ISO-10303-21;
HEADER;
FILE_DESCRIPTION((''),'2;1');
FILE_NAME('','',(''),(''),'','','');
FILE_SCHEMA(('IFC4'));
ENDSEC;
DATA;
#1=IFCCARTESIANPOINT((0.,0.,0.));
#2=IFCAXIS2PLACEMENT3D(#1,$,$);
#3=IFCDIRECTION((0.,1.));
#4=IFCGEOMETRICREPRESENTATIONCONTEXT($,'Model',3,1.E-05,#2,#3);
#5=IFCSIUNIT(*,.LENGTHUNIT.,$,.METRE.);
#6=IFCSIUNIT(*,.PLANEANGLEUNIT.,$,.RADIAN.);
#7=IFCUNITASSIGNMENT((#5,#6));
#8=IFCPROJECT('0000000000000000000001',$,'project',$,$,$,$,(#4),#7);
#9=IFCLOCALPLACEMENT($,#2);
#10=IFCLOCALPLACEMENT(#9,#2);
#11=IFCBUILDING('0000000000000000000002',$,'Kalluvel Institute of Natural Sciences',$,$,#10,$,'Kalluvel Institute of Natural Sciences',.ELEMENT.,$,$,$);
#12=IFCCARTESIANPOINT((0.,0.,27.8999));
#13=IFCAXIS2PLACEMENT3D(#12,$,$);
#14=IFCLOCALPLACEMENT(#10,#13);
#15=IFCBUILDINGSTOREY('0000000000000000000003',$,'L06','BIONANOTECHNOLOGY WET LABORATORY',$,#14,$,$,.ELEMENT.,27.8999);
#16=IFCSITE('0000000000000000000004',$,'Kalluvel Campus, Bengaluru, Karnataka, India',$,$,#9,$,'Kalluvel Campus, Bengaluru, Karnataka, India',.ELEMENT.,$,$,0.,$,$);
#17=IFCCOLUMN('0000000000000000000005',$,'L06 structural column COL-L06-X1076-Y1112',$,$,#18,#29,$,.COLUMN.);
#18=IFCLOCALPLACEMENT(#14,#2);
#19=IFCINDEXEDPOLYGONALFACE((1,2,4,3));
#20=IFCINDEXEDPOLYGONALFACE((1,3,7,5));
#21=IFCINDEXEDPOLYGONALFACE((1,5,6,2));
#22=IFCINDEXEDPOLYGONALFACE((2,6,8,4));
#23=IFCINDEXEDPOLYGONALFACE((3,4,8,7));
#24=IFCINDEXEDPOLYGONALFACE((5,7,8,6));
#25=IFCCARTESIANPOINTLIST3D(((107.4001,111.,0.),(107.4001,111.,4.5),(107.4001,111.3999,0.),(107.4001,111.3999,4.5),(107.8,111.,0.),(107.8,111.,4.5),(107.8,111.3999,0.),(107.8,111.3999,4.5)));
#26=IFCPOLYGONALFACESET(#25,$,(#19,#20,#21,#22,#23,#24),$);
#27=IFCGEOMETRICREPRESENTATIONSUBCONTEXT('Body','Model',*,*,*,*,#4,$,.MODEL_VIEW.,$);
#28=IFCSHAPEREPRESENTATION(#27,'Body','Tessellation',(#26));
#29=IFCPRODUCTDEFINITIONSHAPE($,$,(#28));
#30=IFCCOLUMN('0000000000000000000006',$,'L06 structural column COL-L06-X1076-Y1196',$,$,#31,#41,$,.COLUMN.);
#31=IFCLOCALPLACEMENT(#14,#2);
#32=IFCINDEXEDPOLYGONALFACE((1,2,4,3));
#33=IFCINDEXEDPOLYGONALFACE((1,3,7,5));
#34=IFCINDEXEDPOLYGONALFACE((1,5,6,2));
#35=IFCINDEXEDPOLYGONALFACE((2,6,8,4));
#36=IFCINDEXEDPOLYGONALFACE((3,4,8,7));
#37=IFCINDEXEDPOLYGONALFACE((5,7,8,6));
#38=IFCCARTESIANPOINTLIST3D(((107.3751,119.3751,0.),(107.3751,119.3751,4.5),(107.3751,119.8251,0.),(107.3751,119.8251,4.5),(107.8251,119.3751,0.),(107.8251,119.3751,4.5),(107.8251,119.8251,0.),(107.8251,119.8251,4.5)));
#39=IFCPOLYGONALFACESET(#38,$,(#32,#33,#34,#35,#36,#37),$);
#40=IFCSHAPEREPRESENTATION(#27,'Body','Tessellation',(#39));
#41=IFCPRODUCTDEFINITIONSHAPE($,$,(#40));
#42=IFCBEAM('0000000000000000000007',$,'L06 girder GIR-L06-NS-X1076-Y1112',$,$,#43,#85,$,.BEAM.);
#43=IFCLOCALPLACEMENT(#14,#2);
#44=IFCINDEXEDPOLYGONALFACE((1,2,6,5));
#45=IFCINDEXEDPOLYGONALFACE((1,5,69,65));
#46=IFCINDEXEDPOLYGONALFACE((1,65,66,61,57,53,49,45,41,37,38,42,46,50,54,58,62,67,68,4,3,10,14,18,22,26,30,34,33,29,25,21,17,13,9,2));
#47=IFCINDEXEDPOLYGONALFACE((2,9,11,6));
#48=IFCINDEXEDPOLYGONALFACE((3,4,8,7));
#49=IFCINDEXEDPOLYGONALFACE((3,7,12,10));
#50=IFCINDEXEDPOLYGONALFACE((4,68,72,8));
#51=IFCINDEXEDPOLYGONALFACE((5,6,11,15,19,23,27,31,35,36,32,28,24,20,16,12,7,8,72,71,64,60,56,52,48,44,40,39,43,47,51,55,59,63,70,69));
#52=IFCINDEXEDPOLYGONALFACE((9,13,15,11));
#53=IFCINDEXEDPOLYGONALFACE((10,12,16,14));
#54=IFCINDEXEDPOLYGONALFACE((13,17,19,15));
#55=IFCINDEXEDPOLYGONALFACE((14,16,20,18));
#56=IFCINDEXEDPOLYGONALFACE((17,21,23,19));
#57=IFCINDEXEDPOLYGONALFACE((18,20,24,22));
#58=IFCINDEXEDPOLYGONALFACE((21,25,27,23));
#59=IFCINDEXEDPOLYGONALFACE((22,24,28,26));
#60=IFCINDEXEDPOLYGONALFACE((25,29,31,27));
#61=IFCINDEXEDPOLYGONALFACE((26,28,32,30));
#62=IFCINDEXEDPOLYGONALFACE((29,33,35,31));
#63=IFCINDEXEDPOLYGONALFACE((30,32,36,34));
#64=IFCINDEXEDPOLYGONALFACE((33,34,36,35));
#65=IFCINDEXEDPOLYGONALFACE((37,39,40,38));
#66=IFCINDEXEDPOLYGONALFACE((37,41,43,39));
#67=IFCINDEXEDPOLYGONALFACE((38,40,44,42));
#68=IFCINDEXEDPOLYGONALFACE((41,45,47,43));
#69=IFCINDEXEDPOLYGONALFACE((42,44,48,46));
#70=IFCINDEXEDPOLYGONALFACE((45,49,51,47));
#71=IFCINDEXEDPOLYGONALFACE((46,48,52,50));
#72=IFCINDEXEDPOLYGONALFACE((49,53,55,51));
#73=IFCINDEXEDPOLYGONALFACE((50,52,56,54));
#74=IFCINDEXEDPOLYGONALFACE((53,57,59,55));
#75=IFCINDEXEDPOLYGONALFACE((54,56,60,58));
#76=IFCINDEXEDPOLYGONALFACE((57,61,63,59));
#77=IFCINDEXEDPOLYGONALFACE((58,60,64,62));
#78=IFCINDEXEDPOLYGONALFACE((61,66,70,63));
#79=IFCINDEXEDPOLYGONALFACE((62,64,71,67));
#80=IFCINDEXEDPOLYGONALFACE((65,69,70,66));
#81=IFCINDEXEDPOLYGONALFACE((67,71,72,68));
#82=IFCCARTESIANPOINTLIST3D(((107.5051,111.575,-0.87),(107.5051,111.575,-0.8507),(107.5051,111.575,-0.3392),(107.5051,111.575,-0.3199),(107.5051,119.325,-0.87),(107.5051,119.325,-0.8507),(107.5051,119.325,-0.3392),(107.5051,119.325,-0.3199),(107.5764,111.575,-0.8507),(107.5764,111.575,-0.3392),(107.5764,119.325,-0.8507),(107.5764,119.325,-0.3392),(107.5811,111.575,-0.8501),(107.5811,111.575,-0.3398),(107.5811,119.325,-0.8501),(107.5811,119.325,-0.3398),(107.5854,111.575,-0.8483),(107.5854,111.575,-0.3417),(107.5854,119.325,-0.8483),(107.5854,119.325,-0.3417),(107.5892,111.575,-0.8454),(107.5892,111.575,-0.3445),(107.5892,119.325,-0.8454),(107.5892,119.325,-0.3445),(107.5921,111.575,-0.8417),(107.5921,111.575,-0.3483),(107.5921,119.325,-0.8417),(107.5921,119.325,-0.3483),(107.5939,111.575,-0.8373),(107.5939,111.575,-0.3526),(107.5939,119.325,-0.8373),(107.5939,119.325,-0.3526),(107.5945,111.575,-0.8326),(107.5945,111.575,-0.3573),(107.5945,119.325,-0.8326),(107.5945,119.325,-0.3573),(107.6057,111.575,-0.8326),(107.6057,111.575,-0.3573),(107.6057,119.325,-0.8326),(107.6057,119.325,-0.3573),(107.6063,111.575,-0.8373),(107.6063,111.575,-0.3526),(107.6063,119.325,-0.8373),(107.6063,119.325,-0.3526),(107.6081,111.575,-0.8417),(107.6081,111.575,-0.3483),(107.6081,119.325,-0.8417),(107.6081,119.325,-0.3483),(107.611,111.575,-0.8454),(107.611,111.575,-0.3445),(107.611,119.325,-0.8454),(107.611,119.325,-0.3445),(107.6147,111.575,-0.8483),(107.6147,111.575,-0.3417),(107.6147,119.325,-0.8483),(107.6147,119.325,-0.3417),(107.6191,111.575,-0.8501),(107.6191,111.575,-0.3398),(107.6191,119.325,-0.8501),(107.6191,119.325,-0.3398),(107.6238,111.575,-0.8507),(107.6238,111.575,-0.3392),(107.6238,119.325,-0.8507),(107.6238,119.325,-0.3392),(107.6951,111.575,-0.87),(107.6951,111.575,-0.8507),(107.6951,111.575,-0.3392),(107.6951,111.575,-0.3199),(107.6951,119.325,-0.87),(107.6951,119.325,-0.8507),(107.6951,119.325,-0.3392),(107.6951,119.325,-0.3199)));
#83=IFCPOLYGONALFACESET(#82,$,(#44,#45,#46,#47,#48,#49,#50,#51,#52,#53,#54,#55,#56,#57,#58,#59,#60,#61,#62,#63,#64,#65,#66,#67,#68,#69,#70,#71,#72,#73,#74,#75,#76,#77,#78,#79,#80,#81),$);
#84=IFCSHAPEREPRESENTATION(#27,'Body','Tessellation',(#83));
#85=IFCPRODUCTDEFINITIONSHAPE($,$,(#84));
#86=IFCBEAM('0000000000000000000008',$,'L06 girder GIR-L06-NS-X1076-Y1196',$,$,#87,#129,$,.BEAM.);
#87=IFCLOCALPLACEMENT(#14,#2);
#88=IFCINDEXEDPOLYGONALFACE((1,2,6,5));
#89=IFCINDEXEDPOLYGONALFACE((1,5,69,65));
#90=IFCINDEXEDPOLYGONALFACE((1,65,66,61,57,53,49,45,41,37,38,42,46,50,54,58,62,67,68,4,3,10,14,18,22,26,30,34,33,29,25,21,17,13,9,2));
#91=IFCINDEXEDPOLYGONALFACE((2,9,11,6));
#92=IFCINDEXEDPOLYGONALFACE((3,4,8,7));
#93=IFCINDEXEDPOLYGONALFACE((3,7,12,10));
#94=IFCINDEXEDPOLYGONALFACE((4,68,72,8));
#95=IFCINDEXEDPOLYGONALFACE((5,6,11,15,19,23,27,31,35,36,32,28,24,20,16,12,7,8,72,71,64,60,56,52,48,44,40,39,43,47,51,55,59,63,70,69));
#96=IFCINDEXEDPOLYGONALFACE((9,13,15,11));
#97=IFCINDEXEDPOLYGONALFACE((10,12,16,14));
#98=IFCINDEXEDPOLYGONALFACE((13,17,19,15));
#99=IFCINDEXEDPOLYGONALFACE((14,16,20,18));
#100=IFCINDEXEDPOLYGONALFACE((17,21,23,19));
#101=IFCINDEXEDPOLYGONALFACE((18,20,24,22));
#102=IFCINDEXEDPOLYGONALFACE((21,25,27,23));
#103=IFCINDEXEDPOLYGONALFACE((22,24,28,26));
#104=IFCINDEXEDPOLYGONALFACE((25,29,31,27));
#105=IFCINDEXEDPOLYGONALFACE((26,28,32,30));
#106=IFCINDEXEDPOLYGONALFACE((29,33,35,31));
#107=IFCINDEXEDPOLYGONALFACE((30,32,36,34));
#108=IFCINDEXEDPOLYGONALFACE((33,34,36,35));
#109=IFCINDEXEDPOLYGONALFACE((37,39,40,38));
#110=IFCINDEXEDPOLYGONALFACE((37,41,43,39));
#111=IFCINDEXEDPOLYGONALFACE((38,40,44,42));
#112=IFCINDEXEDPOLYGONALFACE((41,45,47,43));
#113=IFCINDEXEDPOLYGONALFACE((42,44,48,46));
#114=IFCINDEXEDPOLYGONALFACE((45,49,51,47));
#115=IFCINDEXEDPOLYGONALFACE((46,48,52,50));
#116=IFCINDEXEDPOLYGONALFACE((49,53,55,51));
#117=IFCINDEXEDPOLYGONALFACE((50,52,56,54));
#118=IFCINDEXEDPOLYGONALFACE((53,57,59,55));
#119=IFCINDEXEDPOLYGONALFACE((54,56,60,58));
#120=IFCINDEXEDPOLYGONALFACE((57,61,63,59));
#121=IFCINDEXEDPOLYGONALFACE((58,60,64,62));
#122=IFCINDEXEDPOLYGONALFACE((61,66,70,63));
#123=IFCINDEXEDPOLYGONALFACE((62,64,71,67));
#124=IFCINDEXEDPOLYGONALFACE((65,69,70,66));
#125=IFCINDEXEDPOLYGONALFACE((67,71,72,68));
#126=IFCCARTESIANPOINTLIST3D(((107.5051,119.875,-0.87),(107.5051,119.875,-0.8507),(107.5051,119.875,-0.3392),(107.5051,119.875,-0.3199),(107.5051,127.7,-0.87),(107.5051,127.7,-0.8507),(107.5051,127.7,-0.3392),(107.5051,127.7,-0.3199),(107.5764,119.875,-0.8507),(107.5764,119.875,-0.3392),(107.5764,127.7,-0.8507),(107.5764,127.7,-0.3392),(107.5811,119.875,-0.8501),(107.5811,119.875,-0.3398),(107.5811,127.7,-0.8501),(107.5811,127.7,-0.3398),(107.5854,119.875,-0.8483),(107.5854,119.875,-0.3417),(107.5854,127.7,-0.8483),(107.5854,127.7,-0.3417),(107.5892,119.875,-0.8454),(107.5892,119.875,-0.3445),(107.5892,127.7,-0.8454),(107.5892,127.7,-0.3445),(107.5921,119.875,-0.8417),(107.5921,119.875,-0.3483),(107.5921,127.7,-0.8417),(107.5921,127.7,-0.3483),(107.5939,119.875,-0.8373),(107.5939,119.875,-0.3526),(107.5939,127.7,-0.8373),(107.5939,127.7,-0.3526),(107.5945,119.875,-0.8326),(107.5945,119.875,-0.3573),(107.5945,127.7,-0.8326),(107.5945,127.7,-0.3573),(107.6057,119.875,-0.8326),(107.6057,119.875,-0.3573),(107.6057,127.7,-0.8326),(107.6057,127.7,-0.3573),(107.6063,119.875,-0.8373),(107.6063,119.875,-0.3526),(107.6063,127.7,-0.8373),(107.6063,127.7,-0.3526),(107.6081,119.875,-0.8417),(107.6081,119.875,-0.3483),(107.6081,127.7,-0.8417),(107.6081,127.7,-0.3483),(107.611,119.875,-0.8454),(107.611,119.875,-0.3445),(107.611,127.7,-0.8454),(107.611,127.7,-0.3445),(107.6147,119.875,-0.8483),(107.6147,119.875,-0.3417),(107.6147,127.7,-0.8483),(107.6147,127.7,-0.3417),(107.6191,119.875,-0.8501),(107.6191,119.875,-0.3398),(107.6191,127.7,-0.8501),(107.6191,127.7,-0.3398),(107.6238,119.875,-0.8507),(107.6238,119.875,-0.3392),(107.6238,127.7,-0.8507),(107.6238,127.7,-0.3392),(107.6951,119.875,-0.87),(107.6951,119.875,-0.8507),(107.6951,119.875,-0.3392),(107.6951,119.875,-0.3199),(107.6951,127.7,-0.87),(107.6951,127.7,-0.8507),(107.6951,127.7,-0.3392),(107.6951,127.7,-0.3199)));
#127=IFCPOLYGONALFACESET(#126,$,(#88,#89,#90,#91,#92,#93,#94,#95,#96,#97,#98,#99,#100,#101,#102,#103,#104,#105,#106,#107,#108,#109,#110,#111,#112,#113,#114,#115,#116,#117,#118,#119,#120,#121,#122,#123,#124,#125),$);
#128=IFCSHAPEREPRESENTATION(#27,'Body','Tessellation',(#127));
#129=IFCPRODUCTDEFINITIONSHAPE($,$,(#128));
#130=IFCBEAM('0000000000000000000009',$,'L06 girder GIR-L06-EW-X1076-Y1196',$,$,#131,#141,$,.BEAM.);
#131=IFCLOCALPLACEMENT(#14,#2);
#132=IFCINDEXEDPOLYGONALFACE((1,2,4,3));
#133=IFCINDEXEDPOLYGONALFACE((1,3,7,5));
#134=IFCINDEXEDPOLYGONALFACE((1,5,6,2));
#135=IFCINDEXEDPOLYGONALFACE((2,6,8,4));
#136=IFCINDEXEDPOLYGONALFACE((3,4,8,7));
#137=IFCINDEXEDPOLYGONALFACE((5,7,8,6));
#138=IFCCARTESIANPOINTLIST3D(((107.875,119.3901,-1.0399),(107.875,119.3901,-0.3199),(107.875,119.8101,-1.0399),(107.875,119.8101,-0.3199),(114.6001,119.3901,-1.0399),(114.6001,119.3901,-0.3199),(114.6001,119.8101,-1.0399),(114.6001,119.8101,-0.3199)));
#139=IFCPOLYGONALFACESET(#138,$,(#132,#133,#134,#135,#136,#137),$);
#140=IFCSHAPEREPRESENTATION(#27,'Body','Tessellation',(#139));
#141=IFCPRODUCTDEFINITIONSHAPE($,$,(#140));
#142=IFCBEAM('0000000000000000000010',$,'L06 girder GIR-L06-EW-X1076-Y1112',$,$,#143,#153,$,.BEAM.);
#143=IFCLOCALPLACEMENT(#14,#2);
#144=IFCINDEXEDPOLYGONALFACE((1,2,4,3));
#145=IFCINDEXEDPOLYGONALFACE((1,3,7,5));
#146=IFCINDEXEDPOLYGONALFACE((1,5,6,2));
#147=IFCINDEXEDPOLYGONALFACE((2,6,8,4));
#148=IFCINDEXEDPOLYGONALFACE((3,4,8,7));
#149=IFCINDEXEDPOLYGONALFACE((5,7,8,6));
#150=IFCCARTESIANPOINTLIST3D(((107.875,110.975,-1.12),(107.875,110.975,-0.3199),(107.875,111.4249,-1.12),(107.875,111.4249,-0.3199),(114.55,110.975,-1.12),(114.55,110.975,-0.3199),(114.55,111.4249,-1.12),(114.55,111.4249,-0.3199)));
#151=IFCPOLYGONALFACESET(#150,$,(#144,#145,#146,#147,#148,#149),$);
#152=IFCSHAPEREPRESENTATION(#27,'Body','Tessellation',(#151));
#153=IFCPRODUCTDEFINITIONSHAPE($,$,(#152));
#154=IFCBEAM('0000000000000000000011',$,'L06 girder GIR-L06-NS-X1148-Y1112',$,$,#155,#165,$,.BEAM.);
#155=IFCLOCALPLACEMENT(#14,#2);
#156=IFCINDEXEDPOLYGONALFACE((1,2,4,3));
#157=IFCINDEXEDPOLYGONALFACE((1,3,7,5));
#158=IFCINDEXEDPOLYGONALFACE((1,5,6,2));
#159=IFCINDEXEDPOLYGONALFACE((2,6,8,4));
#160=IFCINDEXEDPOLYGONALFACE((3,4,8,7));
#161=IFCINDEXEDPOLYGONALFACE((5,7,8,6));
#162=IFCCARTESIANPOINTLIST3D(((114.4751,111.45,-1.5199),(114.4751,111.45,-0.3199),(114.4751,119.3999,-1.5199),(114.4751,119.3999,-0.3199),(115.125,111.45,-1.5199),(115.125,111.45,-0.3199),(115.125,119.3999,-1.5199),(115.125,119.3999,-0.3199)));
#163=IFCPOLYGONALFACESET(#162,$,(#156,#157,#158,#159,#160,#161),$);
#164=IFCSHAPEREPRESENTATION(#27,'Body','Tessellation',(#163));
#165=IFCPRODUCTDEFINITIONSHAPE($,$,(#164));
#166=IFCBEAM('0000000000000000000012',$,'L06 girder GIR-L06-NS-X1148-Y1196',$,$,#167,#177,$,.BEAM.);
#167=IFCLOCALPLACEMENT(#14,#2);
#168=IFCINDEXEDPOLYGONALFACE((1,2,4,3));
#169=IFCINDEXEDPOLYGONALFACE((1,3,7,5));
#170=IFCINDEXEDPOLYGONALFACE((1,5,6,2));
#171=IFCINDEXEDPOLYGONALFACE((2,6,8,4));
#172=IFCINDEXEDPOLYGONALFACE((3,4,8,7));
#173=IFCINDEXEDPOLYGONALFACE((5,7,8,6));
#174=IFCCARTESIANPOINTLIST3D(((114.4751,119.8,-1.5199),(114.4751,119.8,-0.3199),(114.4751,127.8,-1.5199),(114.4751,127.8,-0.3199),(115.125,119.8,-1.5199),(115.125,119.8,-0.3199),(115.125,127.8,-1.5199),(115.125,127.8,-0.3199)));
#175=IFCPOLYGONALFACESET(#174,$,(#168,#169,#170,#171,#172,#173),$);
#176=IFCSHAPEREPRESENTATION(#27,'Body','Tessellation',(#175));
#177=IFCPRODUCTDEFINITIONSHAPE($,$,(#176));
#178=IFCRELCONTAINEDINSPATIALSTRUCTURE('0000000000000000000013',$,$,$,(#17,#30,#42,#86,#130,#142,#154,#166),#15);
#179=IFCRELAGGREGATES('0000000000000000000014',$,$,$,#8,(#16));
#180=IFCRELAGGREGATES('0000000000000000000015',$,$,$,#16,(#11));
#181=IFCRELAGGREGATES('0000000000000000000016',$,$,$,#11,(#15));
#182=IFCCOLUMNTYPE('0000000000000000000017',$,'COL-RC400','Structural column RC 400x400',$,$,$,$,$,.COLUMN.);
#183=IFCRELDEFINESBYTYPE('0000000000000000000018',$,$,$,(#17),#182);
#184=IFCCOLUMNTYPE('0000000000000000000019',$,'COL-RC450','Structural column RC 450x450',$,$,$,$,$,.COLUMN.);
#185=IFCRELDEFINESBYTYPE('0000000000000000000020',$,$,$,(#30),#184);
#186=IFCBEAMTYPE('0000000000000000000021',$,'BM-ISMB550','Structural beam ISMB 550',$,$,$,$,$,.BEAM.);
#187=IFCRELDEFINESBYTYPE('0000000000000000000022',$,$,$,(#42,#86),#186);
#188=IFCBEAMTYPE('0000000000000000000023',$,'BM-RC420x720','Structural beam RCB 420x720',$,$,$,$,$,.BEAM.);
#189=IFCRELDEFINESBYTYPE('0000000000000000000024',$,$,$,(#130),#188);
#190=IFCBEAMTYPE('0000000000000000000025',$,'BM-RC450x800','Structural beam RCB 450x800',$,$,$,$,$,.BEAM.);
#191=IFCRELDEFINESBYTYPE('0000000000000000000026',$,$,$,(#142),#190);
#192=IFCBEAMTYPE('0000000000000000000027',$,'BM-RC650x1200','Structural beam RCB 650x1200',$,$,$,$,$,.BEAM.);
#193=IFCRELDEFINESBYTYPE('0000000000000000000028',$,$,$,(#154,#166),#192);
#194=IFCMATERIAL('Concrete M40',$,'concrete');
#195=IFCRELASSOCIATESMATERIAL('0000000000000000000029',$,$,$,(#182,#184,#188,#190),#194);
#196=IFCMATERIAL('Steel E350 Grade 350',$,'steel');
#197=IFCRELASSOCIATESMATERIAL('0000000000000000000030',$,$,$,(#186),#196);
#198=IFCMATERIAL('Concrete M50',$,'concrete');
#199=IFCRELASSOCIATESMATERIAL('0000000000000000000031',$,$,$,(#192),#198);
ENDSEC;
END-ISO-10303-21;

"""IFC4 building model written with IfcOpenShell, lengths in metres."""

from ifc_helpers import new_model, si_unit, direction, frame, origin, origin_2d, place, context, subcontext, project, spatial, rectangle, i_section, extrude, material, material_profile, profile_set, type_object, element, save


model = new_model("IFC4")

# Units and contexts
model_context = context("Model", 3, precision=1e-05, world=origin(), true_north=direction((0.0, 1.0)))
body_context = subcontext(model_context, "Body", "Model", "MODEL_VIEW")
ifc_project = project(units=[si_unit("LENGTHUNIT", "METRE"), si_unit("PLANEANGLEUNIT", "RADIAN")], contexts=[model_context])

# Site, building, storey
site_placement = place(None, origin())
site = spatial("IfcSite", under=ifc_project, at=site_placement, Name="Kalluvel Campus, Bengaluru, Karnataka, India", LongName="Kalluvel Campus, Bengaluru, Karnataka, India", CompositionType="ELEMENT", RefElevation=0.0)
building_placement = place(site_placement, origin())
building = spatial("IfcBuilding", under=site, at=building_placement, Name="Kalluvel Institute of Natural Sciences", LongName="Kalluvel Institute of Natural Sciences", CompositionType="ELEMENT")
storey_placement = place(building_placement, frame((0.0, 0.0, 27.8999)))
storey = spatial("IfcBuildingStorey", under=building, at=storey_placement, Name="L06", Description="BIONANOTECHNOLOGY WET LABORATORY", CompositionType="ELEMENT", Elevation=27.8999)

# Columns
ifc_material_1 = material(Name="Concrete M40", Category="concrete")
ifc_material_profile_1 = material_profile(ifc_material_1, rectangle(XDim=0.3999, YDim=0.3999, at=origin_2d()), Name="RC 400x400")
ifc_profile_set_1 = profile_set([ifc_material_profile_1], Name="Concrete M40")
column_type_1 = type_object("IfcColumnType", Name="COL-RC400", Description="Structural column RC 400x400", PredefinedType="COLUMN", material=ifc_profile_set_1)
column_1_placement = place(storey_placement, frame((107.6001, 111.2, 0.0), z_axis=(0.0, 0.0, 1.0), x_axis=(1.0, 0.0, 0.0)))
element("IfcColumn", 1, at=column_1_placement, inside=storey, type_object=column_type_1, Name="L06 structural column COL-L06-X1076-Y1112", PredefinedType="COLUMN", context=body_context, shape_type="SweptSolid", body=[
    extrude(rectangle(XDim=0.3999, YDim=0.3999, at=origin_2d()), origin(), (0.0, 0.0, 1.0), 4.5),
])
ifc_material_profile_2 = material_profile(ifc_material_1, rectangle(XDim=0.45, YDim=0.45, at=origin_2d()), Name="RC 450x450")
ifc_profile_set_2 = profile_set([ifc_material_profile_2], Name="Concrete M40")
column_type_2 = type_object("IfcColumnType", Name="COL-RC450", Description="Structural column RC 450x450", PredefinedType="COLUMN", material=ifc_profile_set_2)
column_2_placement = place(storey_placement, frame((107.6001, 119.6001, 0.0), z_axis=(0.0, 0.0, 1.0), x_axis=(1.0, 0.0, 0.0)))
element("IfcColumn", 2, at=column_2_placement, inside=storey, type_object=column_type_2, Name="L06 structural column COL-L06-X1076-Y1196", PredefinedType="COLUMN", context=body_context, shape_type="SweptSolid", body=[
    extrude(rectangle(XDim=0.45, YDim=0.45, at=origin_2d()), origin(), (0.0, 0.0, 1.0), 4.5),
])

# Beams
ifc_material_2 = material(Name="Steel E350 Grade 350", Category="steel")
ifc_material_profile_3 = material_profile(ifc_material_2, i_section(OverallWidth=0.1899, OverallDepth=0.55, WebThickness=0.0112, FlangeThickness=0.0193, FilletRadius=0.0181, at=origin_2d()), Name="ISMB 550")
ifc_profile_set_3 = profile_set([ifc_material_profile_3], Name="Steel E350 Grade 350")
beam_type_1 = type_object("IfcBeamType", Name="BM-ISMB550", Description="Structural beam ISMB 550", PredefinedType="BEAM", material=ifc_profile_set_3)
beam_1_placement = place(storey_placement, frame((107.6001, 111.575, -0.595), z_axis=(0.0, 1.0, 0.0), x_axis=(-1.0, 0.0, 0.0)))
element("IfcBeam", 3, at=beam_1_placement, inside=storey, type_object=beam_type_1, Name="L06 girder GIR-L06-NS-X1076-Y1112", PredefinedType="BEAM", context=body_context, shape_type="SweptSolid", body=[
    extrude(i_section(OverallWidth=0.1899, OverallDepth=0.55, WebThickness=0.0112, FlangeThickness=0.0193, FilletRadius=0.0181, at=origin_2d()), origin(), (0.0, 0.0, 1.0), 7.75),
])
beam_2_placement = place(storey_placement, frame((107.6001, 119.875, -0.595), z_axis=(0.0, 1.0, 0.0), x_axis=(-1.0, 0.0, 0.0)))
element("IfcBeam", 4, at=beam_2_placement, inside=storey, type_object=beam_type_1, Name="L06 girder GIR-L06-NS-X1076-Y1196", PredefinedType="BEAM", context=body_context, shape_type="SweptSolid", body=[
    extrude(i_section(OverallWidth=0.1899, OverallDepth=0.55, WebThickness=0.0112, FlangeThickness=0.0193, FilletRadius=0.0181, at=origin_2d()), origin(), (0.0, 0.0, 1.0), 7.825),
])
ifc_material_profile_4 = material_profile(ifc_material_1, rectangle(XDim=0.4199, YDim=0.72, at=origin_2d()), Name="RCB 420x720")
ifc_profile_set_4 = profile_set([ifc_material_profile_4], Name="Concrete M40")
beam_type_2 = type_object("IfcBeamType", Name="BM-RC420x720", Description="Structural beam RCB 420x720", PredefinedType="BEAM", material=ifc_profile_set_4)
beam_3_placement = place(storey_placement, frame((107.875, 119.6001, -0.6799), z_axis=(1.0, 0.0, 0.0), x_axis=(0.0, 1.0, 0.0)))
element("IfcBeam", 5, at=beam_3_placement, inside=storey, type_object=beam_type_2, Name="L06 girder GIR-L06-EW-X1076-Y1196", PredefinedType="BEAM", context=body_context, shape_type="SweptSolid", body=[
    extrude(rectangle(XDim=0.4199, YDim=0.72, at=origin_2d()), origin(), (0.0, 0.0, 1.0), 6.7251),
])
ifc_material_profile_5 = material_profile(ifc_material_1, rectangle(XDim=0.45, YDim=0.8, at=origin_2d()), Name="RCB 450x800")
ifc_profile_set_5 = profile_set([ifc_material_profile_5], Name="Concrete M40")
beam_type_3 = type_object("IfcBeamType", Name="BM-RC450x800", Description="Structural beam RCB 450x800", PredefinedType="BEAM", material=ifc_profile_set_5)
beam_4_placement = place(storey_placement, frame((107.875, 111.2, -0.72), z_axis=(1.0, 0.0, 0.0), x_axis=(0.0, 1.0, 0.0)))
element("IfcBeam", 6, at=beam_4_placement, inside=storey, type_object=beam_type_3, Name="L06 girder GIR-L06-EW-X1076-Y1112", PredefinedType="BEAM", context=body_context, shape_type="SweptSolid", body=[
    extrude(rectangle(XDim=0.45, YDim=0.8, at=origin_2d()), origin(), (0.0, 0.0, 1.0), 6.675),
])
ifc_material_3 = material(Name="Concrete M50", Category="concrete")
ifc_material_profile_6 = material_profile(ifc_material_3, rectangle(XDim=0.6499, YDim=1.2, at=origin_2d()), Name="RCB 650x1200")
ifc_profile_set_6 = profile_set([ifc_material_profile_6], Name="Concrete M50")
beam_type_4 = type_object("IfcBeamType", Name="BM-RC650x1200", Description="Structural beam RCB 650x1200", PredefinedType="BEAM", material=ifc_profile_set_6)
beam_5_placement = place(storey_placement, frame((114.8, 111.45, -0.9199), z_axis=(0.0, 1.0, 0.0), x_axis=(-1.0, 0.0, 0.0)))
element("IfcBeam", 7, at=beam_5_placement, inside=storey, type_object=beam_type_4, Name="L06 girder GIR-L06-NS-X1148-Y1112", PredefinedType="BEAM", context=body_context, shape_type="SweptSolid", body=[
    extrude(rectangle(XDim=0.6499, YDim=1.2, at=origin_2d()), origin(), (0.0, 0.0, 1.0), 7.95),
])
beam_6_placement = place(storey_placement, frame((114.8, 119.8, -0.9199), z_axis=(0.0, 1.0, 0.0), x_axis=(-1.0, 0.0, 0.0)))
element("IfcBeam", 8, at=beam_6_placement, inside=storey, type_object=beam_type_4, Name="L06 girder GIR-L06-NS-X1148-Y1196", PredefinedType="BEAM", context=body_context, shape_type="SweptSolid", body=[
    extrude(rectangle(XDim=0.6499, YDim=1.2, at=origin_2d()), origin(), (0.0, 0.0, 1.0), 8.0),
])

save(model, "model.ifc")
